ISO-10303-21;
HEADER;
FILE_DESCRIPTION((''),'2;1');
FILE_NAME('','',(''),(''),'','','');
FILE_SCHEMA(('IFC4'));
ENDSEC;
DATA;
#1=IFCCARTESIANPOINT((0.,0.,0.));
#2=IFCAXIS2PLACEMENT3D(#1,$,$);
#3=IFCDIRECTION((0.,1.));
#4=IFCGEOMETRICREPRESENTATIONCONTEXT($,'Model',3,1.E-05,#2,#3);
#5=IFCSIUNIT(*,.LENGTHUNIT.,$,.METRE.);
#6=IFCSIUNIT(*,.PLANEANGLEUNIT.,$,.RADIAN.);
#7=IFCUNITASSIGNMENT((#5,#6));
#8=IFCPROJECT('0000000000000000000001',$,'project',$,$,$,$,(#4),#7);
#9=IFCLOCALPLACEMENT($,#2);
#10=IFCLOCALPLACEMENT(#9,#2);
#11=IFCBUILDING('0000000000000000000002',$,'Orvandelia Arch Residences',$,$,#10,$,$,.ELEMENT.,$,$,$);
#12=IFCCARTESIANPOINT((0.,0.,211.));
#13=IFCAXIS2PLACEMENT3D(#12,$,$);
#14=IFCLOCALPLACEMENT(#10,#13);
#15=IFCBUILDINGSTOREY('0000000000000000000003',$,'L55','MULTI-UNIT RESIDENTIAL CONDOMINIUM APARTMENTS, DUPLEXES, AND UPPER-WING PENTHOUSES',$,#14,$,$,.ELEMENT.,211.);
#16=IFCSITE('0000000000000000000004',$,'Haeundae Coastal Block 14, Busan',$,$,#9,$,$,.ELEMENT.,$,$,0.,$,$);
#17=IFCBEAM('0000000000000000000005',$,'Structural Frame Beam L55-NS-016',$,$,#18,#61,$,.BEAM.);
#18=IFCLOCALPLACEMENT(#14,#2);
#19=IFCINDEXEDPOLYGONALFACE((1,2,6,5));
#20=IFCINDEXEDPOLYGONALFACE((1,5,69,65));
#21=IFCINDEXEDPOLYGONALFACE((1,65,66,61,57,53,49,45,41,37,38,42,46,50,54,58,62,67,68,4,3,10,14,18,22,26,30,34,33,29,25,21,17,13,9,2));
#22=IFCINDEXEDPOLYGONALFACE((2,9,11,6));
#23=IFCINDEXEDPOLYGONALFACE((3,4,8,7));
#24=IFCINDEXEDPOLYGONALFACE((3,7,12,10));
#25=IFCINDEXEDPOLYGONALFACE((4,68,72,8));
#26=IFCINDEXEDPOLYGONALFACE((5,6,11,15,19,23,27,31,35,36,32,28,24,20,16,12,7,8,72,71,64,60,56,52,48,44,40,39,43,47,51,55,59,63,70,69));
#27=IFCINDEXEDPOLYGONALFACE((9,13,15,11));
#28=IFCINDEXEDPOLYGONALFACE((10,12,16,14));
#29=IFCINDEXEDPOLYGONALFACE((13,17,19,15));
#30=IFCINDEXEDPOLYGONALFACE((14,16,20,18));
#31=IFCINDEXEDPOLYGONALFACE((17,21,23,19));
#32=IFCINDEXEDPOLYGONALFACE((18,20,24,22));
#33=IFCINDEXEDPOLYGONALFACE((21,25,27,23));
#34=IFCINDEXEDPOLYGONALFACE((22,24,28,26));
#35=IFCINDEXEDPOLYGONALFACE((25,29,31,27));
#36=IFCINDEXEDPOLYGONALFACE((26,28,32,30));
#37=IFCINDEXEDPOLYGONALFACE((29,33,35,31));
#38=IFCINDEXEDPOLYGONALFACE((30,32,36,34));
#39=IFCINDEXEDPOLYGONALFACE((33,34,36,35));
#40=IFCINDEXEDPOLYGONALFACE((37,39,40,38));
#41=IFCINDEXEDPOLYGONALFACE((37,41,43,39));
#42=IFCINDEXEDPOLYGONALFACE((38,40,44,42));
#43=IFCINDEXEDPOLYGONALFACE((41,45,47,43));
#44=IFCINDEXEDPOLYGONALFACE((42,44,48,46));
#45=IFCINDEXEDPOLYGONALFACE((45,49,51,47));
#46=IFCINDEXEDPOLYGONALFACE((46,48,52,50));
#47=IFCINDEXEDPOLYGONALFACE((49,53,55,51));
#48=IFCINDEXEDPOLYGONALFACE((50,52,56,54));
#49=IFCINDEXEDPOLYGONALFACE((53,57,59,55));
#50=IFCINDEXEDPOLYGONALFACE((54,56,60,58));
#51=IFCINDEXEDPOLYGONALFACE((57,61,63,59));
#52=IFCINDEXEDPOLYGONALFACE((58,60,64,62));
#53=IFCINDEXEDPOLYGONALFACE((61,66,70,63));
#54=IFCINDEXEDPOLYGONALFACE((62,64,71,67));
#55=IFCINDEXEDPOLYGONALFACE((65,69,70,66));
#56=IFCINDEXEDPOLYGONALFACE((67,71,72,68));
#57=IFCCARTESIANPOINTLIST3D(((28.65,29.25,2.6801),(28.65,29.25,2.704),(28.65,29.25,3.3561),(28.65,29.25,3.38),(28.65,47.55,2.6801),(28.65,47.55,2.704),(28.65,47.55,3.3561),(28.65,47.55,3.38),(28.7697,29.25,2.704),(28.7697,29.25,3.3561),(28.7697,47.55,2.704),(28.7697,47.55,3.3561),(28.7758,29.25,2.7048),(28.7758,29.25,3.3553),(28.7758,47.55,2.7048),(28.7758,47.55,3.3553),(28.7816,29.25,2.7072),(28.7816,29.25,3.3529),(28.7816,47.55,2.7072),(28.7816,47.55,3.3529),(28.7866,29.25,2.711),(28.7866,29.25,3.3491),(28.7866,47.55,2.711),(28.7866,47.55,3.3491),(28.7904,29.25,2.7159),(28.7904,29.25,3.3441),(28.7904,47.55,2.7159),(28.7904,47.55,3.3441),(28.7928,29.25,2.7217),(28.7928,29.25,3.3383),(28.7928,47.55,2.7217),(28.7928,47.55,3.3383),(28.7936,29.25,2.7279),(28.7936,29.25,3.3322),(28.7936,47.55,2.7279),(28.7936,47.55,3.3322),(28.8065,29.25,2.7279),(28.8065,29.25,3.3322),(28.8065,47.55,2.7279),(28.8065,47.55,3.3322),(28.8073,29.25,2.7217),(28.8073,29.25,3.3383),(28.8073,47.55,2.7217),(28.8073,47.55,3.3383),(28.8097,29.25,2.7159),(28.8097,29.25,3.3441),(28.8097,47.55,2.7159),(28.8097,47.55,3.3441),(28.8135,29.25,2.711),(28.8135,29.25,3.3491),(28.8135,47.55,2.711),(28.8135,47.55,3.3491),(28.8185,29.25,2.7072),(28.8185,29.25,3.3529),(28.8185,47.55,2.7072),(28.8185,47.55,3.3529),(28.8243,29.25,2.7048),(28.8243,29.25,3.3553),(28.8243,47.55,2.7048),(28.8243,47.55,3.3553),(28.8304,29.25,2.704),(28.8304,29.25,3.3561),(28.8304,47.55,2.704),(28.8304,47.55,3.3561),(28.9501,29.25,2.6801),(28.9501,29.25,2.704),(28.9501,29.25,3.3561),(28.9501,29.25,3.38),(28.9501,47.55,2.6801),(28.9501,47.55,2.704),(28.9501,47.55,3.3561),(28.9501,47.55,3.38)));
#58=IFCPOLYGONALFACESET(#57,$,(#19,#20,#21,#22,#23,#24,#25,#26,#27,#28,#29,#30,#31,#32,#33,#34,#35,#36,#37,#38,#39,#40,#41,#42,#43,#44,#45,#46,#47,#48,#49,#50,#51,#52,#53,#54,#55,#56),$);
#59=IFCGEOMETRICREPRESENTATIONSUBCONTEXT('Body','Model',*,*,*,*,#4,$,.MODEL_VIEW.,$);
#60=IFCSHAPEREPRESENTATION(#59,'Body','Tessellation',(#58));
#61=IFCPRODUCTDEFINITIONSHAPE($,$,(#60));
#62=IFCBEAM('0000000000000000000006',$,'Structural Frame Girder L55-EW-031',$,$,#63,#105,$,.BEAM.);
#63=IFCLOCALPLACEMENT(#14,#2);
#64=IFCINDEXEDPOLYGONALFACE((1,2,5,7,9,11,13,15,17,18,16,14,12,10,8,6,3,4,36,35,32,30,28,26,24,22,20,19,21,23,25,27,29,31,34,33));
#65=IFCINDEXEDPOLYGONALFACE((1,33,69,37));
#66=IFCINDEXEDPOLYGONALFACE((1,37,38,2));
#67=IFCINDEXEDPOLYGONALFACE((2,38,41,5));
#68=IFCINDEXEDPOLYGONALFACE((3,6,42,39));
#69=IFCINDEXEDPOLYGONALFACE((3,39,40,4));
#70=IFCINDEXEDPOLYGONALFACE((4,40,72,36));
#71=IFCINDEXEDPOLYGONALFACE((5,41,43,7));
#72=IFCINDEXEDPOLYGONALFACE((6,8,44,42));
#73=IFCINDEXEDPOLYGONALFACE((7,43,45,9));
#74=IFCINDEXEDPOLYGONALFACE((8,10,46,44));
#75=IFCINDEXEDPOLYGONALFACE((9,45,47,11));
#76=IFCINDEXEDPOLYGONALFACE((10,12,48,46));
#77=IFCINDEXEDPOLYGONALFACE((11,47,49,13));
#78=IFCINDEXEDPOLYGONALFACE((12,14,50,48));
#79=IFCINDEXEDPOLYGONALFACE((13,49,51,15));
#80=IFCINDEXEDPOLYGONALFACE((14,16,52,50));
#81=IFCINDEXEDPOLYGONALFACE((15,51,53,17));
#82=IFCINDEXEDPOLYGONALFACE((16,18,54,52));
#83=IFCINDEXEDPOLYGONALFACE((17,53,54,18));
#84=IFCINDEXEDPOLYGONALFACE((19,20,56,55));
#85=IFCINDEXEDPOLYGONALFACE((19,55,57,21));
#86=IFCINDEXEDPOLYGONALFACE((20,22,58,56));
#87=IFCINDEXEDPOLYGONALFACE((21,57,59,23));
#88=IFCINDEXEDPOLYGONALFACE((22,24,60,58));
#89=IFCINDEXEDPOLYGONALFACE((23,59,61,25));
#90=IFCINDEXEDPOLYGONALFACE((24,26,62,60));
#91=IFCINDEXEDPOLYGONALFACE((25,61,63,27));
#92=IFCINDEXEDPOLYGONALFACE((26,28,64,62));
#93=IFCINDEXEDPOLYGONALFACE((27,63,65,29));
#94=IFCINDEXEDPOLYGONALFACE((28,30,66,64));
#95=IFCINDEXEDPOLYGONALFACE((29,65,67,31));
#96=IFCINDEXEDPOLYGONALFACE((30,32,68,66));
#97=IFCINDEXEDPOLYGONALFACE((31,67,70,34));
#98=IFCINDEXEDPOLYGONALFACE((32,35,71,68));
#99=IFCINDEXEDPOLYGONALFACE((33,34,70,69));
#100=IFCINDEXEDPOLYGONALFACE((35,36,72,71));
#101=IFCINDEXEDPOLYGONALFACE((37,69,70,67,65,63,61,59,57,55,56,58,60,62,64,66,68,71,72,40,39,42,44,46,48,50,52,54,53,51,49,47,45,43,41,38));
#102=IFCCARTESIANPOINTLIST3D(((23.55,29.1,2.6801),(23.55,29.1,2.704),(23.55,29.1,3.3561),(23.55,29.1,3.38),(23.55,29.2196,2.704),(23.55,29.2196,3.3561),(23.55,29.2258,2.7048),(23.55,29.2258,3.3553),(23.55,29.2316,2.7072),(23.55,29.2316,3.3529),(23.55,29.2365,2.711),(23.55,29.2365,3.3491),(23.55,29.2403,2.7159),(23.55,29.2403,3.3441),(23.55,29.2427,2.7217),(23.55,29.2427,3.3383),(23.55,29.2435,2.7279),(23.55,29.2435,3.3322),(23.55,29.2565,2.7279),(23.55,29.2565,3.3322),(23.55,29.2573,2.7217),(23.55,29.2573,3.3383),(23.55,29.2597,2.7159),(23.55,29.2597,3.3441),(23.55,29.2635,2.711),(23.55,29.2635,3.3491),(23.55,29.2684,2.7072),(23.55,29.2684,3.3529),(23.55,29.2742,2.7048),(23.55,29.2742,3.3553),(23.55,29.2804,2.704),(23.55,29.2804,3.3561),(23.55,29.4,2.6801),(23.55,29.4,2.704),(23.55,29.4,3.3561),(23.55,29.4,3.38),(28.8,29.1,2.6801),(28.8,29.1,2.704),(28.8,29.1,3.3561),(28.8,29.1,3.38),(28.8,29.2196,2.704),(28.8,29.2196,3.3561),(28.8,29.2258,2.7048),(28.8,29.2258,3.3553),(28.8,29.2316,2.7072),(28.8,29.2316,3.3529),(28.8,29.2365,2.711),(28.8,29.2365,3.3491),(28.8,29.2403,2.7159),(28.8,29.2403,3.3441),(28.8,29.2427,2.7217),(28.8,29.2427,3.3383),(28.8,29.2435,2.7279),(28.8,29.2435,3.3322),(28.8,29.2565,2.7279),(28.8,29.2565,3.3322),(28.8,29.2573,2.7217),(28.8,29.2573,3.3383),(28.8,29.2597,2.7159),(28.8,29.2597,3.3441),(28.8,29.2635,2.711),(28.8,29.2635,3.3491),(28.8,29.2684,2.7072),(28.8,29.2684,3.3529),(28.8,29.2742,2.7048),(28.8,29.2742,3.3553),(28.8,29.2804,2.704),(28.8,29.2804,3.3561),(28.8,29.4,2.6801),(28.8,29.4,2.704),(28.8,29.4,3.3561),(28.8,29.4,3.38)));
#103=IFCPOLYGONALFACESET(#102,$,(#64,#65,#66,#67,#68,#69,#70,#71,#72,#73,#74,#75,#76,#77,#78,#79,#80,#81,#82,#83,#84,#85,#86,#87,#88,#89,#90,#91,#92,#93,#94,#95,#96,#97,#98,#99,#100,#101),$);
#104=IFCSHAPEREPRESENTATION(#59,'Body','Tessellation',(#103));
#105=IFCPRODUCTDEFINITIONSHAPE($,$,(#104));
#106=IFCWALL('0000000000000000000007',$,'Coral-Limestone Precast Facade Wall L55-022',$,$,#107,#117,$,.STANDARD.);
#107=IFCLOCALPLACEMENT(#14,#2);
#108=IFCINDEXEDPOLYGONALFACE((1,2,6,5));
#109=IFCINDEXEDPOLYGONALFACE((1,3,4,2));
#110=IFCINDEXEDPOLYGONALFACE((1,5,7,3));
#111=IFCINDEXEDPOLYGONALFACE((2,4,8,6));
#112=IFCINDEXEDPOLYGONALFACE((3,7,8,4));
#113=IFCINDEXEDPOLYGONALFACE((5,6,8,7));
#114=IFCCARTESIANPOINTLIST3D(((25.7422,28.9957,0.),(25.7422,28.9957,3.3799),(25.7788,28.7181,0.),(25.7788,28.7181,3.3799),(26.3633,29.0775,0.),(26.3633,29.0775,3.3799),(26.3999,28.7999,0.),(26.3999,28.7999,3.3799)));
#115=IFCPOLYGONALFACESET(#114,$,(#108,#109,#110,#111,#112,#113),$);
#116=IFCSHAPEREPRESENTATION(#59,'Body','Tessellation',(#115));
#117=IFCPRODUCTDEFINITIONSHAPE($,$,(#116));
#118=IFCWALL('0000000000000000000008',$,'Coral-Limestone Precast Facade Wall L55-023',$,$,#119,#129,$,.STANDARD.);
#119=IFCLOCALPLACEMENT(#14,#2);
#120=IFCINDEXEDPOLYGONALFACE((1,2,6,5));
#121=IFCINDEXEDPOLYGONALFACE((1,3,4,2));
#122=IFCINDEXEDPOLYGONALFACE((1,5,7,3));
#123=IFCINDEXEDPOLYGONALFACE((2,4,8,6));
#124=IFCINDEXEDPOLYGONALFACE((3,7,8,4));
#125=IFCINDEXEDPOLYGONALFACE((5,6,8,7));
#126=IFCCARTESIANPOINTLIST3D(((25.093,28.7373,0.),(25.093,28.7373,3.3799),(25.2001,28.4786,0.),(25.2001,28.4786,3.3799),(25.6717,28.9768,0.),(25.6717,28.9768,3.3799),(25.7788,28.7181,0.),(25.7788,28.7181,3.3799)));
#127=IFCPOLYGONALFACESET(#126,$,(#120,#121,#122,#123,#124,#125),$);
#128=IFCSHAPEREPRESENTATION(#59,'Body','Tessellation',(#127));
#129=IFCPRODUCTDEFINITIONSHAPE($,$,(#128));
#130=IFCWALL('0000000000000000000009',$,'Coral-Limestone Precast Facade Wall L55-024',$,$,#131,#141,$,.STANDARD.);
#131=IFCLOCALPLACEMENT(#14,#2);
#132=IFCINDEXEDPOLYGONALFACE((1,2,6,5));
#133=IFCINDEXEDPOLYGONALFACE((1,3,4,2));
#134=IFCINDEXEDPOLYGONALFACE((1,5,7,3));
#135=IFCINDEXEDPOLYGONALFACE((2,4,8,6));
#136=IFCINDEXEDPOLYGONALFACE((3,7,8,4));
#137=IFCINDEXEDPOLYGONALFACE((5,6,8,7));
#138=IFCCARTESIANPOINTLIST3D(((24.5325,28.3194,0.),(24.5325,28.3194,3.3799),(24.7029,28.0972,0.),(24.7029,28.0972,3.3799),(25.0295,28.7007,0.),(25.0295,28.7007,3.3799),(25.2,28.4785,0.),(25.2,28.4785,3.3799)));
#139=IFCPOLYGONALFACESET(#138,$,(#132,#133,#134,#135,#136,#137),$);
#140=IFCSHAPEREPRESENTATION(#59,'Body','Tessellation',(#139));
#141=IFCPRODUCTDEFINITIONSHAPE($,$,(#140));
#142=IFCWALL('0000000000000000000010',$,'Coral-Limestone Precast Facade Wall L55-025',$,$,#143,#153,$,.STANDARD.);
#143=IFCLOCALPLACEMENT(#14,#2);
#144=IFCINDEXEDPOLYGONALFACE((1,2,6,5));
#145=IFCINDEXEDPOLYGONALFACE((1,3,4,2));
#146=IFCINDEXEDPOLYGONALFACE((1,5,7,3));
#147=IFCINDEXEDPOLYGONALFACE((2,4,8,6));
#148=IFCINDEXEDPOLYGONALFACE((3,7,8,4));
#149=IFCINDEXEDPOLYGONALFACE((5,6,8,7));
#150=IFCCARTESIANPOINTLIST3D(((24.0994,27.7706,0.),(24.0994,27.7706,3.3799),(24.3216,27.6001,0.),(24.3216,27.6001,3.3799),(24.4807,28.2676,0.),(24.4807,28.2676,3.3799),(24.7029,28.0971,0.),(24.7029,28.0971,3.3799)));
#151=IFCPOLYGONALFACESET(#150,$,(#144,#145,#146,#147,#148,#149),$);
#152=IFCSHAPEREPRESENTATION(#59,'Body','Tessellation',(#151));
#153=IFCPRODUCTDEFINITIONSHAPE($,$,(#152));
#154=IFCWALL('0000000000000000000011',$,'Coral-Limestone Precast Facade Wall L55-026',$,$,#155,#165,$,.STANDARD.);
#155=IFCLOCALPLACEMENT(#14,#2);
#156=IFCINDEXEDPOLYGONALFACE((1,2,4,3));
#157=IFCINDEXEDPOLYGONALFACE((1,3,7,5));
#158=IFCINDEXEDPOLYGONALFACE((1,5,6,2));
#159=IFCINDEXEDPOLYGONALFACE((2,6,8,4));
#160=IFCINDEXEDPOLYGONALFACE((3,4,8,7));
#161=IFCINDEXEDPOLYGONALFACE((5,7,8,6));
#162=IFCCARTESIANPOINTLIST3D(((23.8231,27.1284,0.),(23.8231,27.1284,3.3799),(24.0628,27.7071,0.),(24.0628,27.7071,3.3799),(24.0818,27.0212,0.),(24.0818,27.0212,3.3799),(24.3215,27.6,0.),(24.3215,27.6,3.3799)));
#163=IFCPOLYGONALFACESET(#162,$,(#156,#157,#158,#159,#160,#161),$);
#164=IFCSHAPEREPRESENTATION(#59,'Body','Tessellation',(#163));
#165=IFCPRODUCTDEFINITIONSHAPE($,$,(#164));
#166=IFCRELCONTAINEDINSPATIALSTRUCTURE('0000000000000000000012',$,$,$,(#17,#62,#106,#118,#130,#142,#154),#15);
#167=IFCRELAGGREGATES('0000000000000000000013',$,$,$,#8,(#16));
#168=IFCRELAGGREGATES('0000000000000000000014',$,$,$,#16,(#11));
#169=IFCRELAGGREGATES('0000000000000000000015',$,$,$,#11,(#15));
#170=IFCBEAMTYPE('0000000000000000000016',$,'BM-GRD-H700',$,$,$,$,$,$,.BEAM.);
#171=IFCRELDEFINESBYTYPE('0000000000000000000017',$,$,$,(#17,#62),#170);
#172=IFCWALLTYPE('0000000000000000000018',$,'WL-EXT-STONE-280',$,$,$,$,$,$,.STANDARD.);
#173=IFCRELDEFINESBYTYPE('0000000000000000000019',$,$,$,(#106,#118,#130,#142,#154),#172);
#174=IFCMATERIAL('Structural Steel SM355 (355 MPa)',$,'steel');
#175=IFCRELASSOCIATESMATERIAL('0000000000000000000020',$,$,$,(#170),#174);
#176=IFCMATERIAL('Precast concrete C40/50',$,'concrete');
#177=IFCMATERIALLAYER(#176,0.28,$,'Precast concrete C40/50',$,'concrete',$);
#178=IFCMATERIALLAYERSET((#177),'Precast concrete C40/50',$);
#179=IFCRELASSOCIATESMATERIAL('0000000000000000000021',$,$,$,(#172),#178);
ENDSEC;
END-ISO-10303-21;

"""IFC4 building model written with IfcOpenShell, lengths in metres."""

from ifc_helpers import new_model, si_unit, direction, frame, frame_2d, origin, origin_2d, place, context, subcontext, project, spatial, rectangle, i_section, extrude, material, layer, layer_set, material_profile, profile_set, type_object, element, save


model = new_model("IFC4")

# Units and contexts
model_context = context("Model", 3, precision=1e-05, world=origin(), true_north=direction((0.0, 1.0)))
body_context = subcontext(model_context, "Body", "Model", "MODEL_VIEW")
ifc_project = project(units=[si_unit("LENGTHUNIT", "METRE"), si_unit("PLANEANGLEUNIT", "RADIAN")], contexts=[model_context])

# Site, building, storey
site_placement = place(None, origin())
site = spatial("IfcSite", under=ifc_project, at=site_placement, Name="Haeundae Coastal Block 14, Busan", CompositionType="ELEMENT", RefElevation=0.0)
building_placement = place(site_placement, origin())
building = spatial("IfcBuilding", under=site, at=building_placement, Name="Orvandelia Arch Residences", CompositionType="ELEMENT")
storey_placement = place(building_placement, frame((0.0, 0.0, 211.0)))
storey = spatial("IfcBuildingStorey", under=building, at=storey_placement, Name="L55", Description="MULTI-UNIT RESIDENTIAL CONDOMINIUM APARTMENTS, DUPLEXES, AND UPPER-WING PENTHOUSES", CompositionType="ELEMENT", Elevation=211.0)

# Beams
ifc_material_1 = material(Name="Structural Steel SM355 (355 MPa)", Category="steel")
ifc_material_profile_1 = material_profile(ifc_material_1, i_section(OverallWidth=0.3, OverallDepth=0.7, WebThickness=0.0129, FlangeThickness=0.0239, FilletRadius=0.0239, at=origin_2d()), Name="Structural Steel SM355 (355 MPa)", Category="steel")
ifc_profile_set_1 = profile_set([ifc_material_profile_1], Name="Structural Steel SM355 (355 MPa)")
beam_type = type_object("IfcBeamType", Name="BM-GRD-H700", PredefinedType="BEAM", material=ifc_profile_set_1)
beam_1_placement = place(storey_placement, frame((28.8, 29.25, 3.03), z_axis=(0.0, 1.0, 0.0), x_axis=(-1.0, 0.0, 0.0)))
element("IfcBeam", 1, at=beam_1_placement, inside=storey, type_object=beam_type, Name="Structural Frame Beam L55-NS-016", PredefinedType="BEAM", context=body_context, shape_type="SweptSolid", body=[
    extrude(i_section(OverallWidth=0.3, OverallDepth=0.7, WebThickness=0.0129, FlangeThickness=0.0239, FilletRadius=0.0239, at=origin_2d()), origin(), (0.0, 0.0, 1.0), 18.3),
])
beam_2_placement = place(storey_placement, frame((23.55, 29.25, 3.03), z_axis=(1.0, 0.0, 0.0), x_axis=(0.0, 1.0, 0.0)))
element("IfcBeam", 2, at=beam_2_placement, inside=storey, type_object=beam_type, Name="Structural Frame Girder L55-EW-031", PredefinedType="BEAM", context=body_context, shape_type="SweptSolid", body=[
    extrude(i_section(OverallWidth=0.3, OverallDepth=0.7, WebThickness=0.0129, FlangeThickness=0.0239, FilletRadius=0.0239, at=origin_2d()), origin(), (0.0, 0.0, 1.0), 5.25),
])

# Walls
ifc_material_2 = material(Name="Precast concrete C40/50", Category="concrete")
ifc_layer_1 = layer(ifc_material_2, 0.28, Name="Precast concrete C40/50", Category="concrete")
ifc_layer_set_1 = layer_set([ifc_layer_1], Name="Precast concrete C40/50")
wall_type_1 = type_object("IfcWallType", Name="WL-EXT-STONE-280", PredefinedType="STANDARD", material=ifc_layer_set_1)
wall_1_placement = place(storey_placement, frame((26.3816, 28.9387, 0.0), z_axis=(0.0, 0.0, 1.0), x_axis=(-0.991441, -0.130555, 0.0)))
element("IfcWall", 3, at=wall_1_placement, inside=storey, type_object=wall_type_1, Name="Coral-Limestone Precast Facade Wall L55-022", PredefinedType="STANDARD", context=body_context, shape_type="SweptSolid", body=[
    extrude(rectangle(XDim=0.6265, YDim=0.28, at=frame_2d((0.3132, 0.0))), origin(), (0.0, 0.0, 1.0), 3.3799),
])
wall_2_placement = place(storey_placement, frame((25.7251, 28.8474, 0.0), z_axis=(0.0, 0.0, 1.0), x_axis=(-0.923974, -0.382455, 0.0)))
element("IfcWall", 4, at=wall_2_placement, inside=storey, type_object=wall_type_1, Name="Coral-Limestone Precast Facade Wall L55-023", PredefinedType="STANDARD", context=body_context, shape_type="SweptSolid", body=[
    extrude(rectangle(XDim=0.6262, YDim=0.28, at=frame_2d((0.313, 0.0))), origin(), (0.0, 0.0, 1.0), 3.3799),
])
for number, where, z_axis, x_axis, name in (
    (5, (25.1147, 28.5896, 0.0), (0.0, 0.0, 1.0), (-0.793406, -0.608693, 0.0), "Coral-Limestone Precast Facade Wall L55-024"),
    (6, (24.5918, 28.1824, 0.0), (0.0, 0.0, 1.0), (-0.608693, -0.793406, 0.0), "Coral-Limestone Precast Facade Wall L55-025"),
    (7, (24.1921, 27.6536, 0.0), (0.0, 0.0, 1.0), (-0.38265, -0.923893, 0.0), "Coral-Limestone Precast Facade Wall L55-026"),
):
    element("IfcWall", number, at=place(storey_placement, frame(where, z_axis=z_axis, x_axis=x_axis)), inside=storey, type_object=wall_type_1, Name=name, PredefinedType="STANDARD", context=body_context, shape_type="SweptSolid", body=[
        extrude(rectangle(XDim=0.6265, YDim=0.28, at=frame_2d((0.3132, 0.0))), origin(), (0.0, 0.0, 1.0), 3.3799),
    ])

save(model, "model.ifc")
